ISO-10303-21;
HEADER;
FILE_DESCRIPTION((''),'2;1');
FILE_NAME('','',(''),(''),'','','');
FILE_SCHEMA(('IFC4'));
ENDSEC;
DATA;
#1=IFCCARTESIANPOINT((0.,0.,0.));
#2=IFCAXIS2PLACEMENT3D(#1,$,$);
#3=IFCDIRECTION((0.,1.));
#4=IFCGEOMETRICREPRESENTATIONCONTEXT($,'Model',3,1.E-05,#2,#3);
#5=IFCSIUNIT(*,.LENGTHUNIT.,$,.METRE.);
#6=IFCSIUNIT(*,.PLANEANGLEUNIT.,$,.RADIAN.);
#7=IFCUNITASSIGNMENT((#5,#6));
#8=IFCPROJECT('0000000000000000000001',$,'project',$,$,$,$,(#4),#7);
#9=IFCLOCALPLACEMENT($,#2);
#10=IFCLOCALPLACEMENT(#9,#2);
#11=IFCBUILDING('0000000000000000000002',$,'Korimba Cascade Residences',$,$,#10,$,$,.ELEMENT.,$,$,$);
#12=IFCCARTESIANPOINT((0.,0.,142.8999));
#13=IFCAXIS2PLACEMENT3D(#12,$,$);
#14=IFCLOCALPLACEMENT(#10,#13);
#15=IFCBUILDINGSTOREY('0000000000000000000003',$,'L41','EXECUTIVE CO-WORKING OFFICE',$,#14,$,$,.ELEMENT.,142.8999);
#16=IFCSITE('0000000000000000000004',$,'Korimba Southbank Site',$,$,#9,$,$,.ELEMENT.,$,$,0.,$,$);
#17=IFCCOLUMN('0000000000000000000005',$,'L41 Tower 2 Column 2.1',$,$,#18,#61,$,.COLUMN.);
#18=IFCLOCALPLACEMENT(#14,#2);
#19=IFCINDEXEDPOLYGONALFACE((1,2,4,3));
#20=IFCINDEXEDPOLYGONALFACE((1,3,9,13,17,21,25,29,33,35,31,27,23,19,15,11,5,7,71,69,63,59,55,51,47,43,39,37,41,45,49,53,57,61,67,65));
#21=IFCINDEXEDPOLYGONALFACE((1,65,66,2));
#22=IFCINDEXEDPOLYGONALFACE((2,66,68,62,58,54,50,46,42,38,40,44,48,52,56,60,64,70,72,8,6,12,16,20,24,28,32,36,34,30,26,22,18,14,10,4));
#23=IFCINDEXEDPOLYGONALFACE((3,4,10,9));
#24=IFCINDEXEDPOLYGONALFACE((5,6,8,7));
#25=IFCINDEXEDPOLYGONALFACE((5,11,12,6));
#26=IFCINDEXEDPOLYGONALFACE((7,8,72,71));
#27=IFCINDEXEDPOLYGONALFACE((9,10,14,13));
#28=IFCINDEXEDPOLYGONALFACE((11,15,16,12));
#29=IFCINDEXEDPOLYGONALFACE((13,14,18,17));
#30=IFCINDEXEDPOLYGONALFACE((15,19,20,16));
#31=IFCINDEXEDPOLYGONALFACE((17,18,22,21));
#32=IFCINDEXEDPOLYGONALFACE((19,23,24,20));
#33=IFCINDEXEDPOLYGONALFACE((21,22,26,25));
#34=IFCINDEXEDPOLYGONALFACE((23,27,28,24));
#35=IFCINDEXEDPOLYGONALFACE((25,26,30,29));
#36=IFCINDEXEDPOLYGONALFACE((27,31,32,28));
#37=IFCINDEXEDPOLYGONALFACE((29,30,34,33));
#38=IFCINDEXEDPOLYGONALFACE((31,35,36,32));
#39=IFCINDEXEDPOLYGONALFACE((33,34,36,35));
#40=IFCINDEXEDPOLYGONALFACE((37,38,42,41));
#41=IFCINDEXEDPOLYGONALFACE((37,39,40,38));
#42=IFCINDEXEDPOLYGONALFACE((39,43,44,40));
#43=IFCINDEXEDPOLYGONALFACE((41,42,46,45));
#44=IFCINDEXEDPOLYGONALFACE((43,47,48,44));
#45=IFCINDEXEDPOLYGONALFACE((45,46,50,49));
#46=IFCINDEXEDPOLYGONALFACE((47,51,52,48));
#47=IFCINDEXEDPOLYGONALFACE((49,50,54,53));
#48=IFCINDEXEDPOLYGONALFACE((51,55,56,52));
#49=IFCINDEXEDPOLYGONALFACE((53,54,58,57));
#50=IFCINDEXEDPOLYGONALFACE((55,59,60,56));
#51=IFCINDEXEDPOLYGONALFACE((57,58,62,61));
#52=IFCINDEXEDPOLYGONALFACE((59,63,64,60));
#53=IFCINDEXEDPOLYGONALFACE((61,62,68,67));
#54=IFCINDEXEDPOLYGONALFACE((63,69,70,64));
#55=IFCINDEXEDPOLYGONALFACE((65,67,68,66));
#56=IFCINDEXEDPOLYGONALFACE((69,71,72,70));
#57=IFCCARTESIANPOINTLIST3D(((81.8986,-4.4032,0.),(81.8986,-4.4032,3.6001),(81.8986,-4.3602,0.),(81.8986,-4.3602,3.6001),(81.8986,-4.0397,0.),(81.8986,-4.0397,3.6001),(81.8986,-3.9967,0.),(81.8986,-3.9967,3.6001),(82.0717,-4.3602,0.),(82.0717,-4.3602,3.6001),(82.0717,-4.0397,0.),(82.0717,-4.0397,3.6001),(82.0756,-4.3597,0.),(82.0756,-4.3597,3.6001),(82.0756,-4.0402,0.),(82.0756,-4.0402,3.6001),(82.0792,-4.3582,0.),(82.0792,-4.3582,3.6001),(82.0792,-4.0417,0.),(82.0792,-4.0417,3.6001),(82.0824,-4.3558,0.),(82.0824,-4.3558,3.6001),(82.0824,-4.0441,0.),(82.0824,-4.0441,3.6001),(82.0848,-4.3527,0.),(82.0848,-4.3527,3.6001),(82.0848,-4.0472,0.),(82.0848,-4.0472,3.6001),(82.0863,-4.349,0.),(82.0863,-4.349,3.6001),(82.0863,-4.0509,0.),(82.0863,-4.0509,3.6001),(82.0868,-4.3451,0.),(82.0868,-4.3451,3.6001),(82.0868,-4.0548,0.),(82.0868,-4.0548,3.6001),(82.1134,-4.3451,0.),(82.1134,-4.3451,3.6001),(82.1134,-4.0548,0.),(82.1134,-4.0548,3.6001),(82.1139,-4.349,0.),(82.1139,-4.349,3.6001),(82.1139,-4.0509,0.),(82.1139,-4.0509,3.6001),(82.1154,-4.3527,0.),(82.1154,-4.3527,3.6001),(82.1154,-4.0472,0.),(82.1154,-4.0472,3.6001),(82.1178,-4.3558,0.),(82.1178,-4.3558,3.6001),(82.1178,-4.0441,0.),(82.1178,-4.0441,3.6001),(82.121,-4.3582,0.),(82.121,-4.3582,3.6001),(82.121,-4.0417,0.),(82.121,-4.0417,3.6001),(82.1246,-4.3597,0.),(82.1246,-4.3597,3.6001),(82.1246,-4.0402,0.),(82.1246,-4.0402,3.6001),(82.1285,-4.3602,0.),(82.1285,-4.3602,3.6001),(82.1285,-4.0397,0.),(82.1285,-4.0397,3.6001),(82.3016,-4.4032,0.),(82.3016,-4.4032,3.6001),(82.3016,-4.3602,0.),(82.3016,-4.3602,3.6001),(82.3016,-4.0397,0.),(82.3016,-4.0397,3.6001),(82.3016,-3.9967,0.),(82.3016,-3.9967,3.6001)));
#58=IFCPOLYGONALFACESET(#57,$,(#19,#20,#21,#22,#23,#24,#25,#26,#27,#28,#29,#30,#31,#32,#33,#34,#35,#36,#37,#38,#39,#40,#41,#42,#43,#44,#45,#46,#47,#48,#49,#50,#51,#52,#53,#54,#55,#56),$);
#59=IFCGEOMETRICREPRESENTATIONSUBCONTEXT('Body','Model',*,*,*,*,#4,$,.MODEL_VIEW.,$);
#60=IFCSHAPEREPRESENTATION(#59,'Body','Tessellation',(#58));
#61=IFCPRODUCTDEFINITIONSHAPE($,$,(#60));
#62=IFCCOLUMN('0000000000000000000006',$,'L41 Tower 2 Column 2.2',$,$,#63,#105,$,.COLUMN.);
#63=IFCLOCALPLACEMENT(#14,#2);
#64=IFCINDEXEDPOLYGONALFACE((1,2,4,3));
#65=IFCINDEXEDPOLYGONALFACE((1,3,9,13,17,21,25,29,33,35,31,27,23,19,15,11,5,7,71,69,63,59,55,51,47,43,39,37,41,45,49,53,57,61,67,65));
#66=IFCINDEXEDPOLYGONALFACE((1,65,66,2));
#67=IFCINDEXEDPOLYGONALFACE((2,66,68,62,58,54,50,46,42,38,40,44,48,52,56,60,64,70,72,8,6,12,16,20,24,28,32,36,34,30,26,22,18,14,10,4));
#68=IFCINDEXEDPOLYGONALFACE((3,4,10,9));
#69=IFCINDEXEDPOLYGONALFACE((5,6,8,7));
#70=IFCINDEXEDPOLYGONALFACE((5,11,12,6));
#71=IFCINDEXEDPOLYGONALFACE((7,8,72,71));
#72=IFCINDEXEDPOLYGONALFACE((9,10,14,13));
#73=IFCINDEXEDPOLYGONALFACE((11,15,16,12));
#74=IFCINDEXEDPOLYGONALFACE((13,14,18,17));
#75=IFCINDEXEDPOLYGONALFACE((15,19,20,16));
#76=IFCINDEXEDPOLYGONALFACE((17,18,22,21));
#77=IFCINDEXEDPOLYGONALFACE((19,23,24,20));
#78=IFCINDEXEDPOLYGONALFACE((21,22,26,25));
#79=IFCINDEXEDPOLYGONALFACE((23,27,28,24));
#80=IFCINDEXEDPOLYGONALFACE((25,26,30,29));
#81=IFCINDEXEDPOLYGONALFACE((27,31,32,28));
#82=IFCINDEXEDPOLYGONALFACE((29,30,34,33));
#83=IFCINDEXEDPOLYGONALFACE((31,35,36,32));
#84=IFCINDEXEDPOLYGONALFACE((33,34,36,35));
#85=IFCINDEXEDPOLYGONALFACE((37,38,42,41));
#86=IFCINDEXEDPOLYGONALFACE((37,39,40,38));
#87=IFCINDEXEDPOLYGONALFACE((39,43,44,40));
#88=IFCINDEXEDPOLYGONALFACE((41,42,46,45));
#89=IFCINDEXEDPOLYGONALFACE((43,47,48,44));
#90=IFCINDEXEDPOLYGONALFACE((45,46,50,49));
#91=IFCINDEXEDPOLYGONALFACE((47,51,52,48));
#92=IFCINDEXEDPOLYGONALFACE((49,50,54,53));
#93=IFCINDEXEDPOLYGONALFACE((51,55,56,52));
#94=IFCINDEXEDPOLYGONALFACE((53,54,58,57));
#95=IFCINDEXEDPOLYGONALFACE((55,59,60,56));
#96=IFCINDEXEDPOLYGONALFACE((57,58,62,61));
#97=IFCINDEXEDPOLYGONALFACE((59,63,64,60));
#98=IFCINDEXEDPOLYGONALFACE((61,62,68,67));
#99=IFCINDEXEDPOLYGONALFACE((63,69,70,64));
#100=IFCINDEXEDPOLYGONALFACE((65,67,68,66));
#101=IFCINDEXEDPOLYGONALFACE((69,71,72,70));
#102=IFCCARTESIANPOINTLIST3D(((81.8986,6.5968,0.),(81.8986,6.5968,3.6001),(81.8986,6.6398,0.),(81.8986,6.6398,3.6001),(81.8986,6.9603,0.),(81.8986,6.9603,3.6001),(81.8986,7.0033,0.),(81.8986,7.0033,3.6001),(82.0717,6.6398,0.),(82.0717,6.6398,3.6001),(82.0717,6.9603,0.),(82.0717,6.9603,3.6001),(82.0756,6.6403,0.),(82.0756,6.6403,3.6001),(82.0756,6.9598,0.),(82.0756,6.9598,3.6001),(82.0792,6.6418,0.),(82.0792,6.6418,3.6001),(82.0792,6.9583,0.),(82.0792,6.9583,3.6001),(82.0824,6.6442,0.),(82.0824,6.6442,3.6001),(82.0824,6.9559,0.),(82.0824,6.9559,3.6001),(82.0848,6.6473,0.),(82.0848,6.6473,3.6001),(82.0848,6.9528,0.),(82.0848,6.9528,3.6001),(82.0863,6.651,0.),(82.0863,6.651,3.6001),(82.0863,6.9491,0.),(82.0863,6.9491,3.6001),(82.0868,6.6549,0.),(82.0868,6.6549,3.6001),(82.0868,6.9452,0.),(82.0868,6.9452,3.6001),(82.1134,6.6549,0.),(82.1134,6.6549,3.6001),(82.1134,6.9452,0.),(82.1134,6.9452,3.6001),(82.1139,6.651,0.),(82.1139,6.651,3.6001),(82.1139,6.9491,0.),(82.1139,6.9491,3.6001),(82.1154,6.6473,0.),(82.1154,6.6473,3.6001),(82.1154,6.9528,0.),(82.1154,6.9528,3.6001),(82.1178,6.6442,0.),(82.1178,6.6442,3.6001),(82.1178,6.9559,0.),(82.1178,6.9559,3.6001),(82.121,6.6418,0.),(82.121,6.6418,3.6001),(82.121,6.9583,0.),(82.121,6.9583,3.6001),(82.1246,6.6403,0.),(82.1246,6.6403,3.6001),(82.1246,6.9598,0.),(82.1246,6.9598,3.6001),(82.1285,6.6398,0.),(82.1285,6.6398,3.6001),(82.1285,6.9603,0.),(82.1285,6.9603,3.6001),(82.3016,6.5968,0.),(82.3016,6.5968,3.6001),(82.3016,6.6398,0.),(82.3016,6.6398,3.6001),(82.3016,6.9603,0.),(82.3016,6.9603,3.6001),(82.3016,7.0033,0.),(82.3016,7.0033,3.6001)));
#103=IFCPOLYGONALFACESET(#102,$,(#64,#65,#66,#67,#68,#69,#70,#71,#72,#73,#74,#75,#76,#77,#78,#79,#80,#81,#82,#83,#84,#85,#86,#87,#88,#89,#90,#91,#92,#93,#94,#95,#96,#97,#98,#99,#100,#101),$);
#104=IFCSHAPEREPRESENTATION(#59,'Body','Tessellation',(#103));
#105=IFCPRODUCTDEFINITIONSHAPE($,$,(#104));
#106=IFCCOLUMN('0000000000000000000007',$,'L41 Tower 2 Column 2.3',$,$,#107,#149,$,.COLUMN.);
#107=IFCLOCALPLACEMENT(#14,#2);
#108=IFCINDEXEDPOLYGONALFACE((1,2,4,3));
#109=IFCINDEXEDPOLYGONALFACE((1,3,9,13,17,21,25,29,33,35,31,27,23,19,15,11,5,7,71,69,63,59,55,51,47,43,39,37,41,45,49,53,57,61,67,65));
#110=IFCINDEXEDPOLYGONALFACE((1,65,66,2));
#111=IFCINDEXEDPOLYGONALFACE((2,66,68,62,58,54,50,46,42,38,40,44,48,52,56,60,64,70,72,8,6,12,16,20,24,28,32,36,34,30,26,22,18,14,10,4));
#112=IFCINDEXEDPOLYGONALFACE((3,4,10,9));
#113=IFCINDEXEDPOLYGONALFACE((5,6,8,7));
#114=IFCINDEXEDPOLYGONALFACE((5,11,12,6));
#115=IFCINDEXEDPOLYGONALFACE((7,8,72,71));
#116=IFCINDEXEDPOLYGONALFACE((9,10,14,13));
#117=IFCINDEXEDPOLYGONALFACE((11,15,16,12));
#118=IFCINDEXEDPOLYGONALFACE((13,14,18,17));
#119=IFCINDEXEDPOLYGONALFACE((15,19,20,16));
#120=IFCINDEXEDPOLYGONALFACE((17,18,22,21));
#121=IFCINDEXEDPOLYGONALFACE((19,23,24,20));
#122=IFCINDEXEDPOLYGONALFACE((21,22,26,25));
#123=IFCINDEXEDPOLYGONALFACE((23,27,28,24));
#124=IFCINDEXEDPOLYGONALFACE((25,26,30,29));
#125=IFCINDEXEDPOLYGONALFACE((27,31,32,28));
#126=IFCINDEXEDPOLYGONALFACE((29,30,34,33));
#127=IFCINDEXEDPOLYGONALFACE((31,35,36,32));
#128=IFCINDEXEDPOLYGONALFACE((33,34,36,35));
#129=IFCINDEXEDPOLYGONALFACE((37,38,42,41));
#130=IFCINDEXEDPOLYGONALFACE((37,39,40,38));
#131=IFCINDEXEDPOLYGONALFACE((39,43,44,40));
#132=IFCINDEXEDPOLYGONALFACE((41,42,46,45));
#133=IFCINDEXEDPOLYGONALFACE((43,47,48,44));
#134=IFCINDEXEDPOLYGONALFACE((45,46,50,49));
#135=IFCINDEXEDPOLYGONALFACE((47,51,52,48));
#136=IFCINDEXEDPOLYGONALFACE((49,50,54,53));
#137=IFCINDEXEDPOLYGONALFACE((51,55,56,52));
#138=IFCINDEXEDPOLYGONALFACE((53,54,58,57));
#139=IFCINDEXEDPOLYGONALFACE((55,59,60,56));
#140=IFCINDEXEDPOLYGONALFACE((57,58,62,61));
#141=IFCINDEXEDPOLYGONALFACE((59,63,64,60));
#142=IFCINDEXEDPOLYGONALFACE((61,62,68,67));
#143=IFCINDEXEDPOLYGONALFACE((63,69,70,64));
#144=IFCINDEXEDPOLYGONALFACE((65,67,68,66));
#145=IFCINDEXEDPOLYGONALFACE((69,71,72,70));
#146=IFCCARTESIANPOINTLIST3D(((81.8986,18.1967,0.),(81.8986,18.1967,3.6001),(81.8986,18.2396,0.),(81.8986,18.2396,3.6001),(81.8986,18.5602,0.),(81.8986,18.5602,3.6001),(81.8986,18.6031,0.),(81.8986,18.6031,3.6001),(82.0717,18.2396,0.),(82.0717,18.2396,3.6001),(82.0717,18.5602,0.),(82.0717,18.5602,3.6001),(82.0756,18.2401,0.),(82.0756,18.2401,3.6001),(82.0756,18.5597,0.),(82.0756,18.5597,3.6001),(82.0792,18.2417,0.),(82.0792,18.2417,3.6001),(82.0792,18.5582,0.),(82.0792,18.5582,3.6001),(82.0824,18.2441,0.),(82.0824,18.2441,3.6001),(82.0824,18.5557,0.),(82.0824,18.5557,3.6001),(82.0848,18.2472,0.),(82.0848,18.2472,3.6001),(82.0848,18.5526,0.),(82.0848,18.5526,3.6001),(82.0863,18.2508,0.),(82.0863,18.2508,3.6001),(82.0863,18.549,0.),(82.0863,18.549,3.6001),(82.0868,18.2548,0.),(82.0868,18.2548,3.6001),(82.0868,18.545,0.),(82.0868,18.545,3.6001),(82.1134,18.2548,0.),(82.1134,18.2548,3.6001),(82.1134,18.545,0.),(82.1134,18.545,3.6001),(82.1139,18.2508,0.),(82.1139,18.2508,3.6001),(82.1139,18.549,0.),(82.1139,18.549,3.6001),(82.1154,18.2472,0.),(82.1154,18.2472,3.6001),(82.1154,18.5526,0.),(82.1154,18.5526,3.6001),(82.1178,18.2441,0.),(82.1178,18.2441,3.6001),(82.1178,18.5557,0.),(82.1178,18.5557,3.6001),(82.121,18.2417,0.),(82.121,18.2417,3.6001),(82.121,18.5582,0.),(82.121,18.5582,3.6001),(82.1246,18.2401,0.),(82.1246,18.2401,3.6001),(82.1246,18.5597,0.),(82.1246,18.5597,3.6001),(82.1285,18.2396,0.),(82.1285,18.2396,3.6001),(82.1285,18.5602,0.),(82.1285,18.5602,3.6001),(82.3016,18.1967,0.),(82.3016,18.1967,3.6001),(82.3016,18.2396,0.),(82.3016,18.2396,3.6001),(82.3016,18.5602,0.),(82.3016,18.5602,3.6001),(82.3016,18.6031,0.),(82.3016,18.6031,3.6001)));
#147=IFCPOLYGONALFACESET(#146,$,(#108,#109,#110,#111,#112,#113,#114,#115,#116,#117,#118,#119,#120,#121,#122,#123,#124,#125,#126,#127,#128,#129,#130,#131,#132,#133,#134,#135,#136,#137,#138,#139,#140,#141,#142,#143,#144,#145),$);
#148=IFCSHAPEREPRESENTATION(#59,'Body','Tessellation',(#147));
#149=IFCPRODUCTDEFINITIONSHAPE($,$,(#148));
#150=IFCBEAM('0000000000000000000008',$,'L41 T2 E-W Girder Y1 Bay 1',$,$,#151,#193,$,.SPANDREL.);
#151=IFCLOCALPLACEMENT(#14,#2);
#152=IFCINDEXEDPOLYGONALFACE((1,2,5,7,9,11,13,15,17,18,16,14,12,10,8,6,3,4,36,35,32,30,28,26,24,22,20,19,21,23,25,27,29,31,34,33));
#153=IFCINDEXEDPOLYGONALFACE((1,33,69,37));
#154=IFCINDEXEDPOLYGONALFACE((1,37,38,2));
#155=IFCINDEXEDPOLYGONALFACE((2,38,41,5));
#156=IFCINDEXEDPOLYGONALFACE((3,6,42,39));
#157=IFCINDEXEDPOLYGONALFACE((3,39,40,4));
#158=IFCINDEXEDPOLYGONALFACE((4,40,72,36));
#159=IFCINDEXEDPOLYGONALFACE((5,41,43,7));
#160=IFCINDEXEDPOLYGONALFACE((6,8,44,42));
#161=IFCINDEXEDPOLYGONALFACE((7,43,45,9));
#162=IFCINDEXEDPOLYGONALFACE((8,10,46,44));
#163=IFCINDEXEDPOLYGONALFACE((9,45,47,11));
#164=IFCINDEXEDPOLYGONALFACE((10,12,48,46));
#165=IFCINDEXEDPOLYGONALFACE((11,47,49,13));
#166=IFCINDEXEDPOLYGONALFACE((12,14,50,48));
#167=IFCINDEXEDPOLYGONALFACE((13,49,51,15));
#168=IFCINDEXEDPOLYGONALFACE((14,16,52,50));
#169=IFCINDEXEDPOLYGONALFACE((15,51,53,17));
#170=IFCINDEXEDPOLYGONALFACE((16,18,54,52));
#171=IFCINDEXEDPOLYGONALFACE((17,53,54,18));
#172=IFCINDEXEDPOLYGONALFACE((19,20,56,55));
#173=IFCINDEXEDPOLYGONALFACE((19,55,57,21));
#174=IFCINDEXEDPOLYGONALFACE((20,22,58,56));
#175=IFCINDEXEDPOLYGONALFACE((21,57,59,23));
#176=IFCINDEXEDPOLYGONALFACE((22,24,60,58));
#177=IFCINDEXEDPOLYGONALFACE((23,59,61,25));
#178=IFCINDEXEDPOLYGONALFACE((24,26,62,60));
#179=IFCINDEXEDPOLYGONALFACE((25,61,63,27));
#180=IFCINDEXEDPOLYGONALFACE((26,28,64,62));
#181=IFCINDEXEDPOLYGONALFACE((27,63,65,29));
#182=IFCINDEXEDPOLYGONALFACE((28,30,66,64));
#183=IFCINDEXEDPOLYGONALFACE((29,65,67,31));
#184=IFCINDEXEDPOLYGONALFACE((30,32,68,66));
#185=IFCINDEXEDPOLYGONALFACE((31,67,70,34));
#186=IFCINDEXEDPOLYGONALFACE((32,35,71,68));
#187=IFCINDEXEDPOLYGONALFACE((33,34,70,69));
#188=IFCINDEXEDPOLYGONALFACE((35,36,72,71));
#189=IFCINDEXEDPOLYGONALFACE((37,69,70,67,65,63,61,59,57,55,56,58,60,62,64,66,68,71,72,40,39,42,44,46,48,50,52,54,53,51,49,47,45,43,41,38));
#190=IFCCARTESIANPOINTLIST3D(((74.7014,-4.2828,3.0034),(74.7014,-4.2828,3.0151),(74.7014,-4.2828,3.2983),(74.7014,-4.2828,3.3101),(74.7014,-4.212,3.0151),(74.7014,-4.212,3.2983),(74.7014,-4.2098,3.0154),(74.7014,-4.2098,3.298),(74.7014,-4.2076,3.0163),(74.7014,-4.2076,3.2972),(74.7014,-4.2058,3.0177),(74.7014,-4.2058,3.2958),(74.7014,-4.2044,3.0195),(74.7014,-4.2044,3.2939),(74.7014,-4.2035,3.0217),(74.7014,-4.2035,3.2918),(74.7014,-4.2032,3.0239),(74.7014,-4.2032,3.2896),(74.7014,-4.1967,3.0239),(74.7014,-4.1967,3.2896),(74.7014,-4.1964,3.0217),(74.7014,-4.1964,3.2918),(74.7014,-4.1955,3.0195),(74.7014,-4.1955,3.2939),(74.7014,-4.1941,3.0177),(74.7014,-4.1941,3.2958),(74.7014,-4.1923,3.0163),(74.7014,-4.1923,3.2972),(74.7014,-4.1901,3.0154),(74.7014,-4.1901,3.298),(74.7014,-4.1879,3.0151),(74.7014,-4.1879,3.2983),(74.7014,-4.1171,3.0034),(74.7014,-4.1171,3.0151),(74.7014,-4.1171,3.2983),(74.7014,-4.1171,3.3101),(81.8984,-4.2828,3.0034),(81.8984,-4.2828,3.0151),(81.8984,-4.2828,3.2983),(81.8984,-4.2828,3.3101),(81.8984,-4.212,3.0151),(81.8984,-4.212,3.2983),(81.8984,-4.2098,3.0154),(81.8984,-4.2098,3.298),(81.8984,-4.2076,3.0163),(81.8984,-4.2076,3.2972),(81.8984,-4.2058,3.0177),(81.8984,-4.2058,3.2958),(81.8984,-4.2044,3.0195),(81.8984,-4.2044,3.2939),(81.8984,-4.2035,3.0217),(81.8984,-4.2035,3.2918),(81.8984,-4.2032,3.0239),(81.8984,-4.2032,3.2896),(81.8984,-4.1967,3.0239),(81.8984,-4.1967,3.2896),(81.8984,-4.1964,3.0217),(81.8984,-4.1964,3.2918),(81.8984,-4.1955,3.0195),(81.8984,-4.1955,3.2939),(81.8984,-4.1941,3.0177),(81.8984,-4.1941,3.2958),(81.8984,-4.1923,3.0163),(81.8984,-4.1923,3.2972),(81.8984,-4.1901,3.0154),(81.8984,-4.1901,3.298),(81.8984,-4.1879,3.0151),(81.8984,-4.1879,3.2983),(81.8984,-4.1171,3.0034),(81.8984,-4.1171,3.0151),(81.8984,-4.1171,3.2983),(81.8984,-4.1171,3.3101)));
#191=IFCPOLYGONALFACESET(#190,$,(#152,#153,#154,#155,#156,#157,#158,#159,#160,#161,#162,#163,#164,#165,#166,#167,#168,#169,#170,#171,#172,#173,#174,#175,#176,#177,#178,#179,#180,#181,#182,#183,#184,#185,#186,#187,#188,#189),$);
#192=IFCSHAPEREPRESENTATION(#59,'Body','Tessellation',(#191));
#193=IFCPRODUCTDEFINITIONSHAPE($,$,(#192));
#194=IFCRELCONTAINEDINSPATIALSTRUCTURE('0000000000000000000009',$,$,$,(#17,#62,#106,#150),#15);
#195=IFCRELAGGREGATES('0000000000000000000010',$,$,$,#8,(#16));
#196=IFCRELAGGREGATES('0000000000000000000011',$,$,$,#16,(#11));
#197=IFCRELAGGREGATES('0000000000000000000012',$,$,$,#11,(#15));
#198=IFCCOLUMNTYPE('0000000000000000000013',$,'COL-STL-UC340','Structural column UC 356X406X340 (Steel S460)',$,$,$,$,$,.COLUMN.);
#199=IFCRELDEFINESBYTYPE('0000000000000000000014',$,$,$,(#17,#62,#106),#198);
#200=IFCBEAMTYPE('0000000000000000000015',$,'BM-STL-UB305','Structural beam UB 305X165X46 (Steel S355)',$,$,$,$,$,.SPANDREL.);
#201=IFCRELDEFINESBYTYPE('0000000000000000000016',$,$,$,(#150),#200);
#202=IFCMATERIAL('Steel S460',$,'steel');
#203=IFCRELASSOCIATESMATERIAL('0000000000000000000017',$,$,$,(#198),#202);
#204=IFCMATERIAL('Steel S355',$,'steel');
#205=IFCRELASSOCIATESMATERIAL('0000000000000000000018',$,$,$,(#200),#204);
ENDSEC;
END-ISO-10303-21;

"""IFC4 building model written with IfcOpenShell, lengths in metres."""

from ifc_helpers import new_model, si_unit, direction, frame, origin, origin_2d, place, context, subcontext, project, spatial, i_section, extrude, material, material_profile, profile_set, type_object, element, save


model = new_model("IFC4")

# Units and contexts
model_context = context("Model", 3, precision=1e-05, world=origin(), true_north=direction((0.0, 1.0)))
body_context = subcontext(model_context, "Body", "Model", "MODEL_VIEW")
ifc_project = project(units=[si_unit("LENGTHUNIT", "METRE"), si_unit("PLANEANGLEUNIT", "RADIAN")], contexts=[model_context])

# Site, building, storey
site_placement = place(None, origin())
site = spatial("IfcSite", under=ifc_project, at=site_placement, Name="Korimba Southbank Site", CompositionType="ELEMENT", RefElevation=0.0)
building_placement = place(site_placement, origin())
building = spatial("IfcBuilding", under=site, at=building_placement, Name="Korimba Cascade Residences", CompositionType="ELEMENT")
storey_placement = place(building_placement, frame((0.0, 0.0, 142.8999)))
storey = spatial("IfcBuildingStorey", under=building, at=storey_placement, Name="L41", Description="EXECUTIVE CO-WORKING OFFICE", CompositionType="ELEMENT", Elevation=142.8999)

# Columns
ifc_material_1 = material(Name="Steel S460", Category="steel")
ifc_material_profile_1 = material_profile(ifc_material_1, i_section(OverallWidth=0.4031, OverallDepth=0.4065, WebThickness=0.0266, FlangeThickness=0.043, FilletRadius=0.0151, at=origin_2d()), Name="Steel S460")
ifc_profile_set_1 = profile_set([ifc_material_profile_1], Name="Steel S460")
column_type = type_object("IfcColumnType", Name="COL-STL-UC340", Description="Structural column UC 356X406X340 (Steel S460)", PredefinedType="COLUMN", material=ifc_profile_set_1)
for number, where, z_axis, x_axis, name in (
    (1, (82.1001, -4.2, 0.0), (0.0, 0.0, 1.0), (1.0, 0.0, 0.0), "L41 Tower 2 Column 2.1"),
    (2, (82.1001, 6.8, 0.0), (0.0, 0.0, 1.0), (1.0, 0.0, 0.0), "L41 Tower 2 Column 2.2"),
    (3, (82.1001, 18.3999, 0.0), (0.0, 0.0, 1.0), (1.0, 0.0, 0.0), "L41 Tower 2 Column 2.3"),
):
    element("IfcColumn", number, at=place(storey_placement, frame(where, z_axis=z_axis, x_axis=x_axis)), inside=storey, type_object=column_type, Name=name, PredefinedType="COLUMN", context=body_context, shape_type="SweptSolid", body=[
        extrude(i_section(OverallWidth=0.4031, OverallDepth=0.4065, WebThickness=0.0266, FlangeThickness=0.043, FilletRadius=0.0151, at=origin_2d()), origin(), (0.0, 0.0, 1.0), 3.6001),
    ])

# Beam
ifc_material_2 = material(Name="Steel S355", Category="steel")
ifc_material_profile_2 = material_profile(ifc_material_2, i_section(OverallWidth=0.1658, OverallDepth=0.3066, WebThickness=0.0066, FlangeThickness=0.0117, FilletRadius=0.0088, at=origin_2d()), Name="Steel S355")
ifc_profile_set_2 = profile_set([ifc_material_profile_2], Name="Steel S355")
beam_type_1 = type_object("IfcBeamType", Name="BM-STL-UB305", Description="Structural beam UB 305X165X46 (Steel S355)", PredefinedType="SPANDREL", material=ifc_profile_set_2)
beam_1_placement = place(storey_placement, frame((74.7014, -4.2, 3.1567), z_axis=(1.0, 0.0, 0.0), x_axis=(0.0, 1.0, 0.0)))
element("IfcBeam", 4, at=beam_1_placement, inside=storey, type_object=beam_type_1, Name="L41 T2 E-W Girder Y1 Bay 1", PredefinedType="SPANDREL", context=body_context, shape_type="SweptSolid", body=[
    extrude(i_section(OverallWidth=0.1658, OverallDepth=0.3066, WebThickness=0.0066, FlangeThickness=0.0117, FilletRadius=0.0088, at=origin_2d()), origin(), (0.0, 0.0, 1.0), 7.197),
])

save(model, "model.ifc")
